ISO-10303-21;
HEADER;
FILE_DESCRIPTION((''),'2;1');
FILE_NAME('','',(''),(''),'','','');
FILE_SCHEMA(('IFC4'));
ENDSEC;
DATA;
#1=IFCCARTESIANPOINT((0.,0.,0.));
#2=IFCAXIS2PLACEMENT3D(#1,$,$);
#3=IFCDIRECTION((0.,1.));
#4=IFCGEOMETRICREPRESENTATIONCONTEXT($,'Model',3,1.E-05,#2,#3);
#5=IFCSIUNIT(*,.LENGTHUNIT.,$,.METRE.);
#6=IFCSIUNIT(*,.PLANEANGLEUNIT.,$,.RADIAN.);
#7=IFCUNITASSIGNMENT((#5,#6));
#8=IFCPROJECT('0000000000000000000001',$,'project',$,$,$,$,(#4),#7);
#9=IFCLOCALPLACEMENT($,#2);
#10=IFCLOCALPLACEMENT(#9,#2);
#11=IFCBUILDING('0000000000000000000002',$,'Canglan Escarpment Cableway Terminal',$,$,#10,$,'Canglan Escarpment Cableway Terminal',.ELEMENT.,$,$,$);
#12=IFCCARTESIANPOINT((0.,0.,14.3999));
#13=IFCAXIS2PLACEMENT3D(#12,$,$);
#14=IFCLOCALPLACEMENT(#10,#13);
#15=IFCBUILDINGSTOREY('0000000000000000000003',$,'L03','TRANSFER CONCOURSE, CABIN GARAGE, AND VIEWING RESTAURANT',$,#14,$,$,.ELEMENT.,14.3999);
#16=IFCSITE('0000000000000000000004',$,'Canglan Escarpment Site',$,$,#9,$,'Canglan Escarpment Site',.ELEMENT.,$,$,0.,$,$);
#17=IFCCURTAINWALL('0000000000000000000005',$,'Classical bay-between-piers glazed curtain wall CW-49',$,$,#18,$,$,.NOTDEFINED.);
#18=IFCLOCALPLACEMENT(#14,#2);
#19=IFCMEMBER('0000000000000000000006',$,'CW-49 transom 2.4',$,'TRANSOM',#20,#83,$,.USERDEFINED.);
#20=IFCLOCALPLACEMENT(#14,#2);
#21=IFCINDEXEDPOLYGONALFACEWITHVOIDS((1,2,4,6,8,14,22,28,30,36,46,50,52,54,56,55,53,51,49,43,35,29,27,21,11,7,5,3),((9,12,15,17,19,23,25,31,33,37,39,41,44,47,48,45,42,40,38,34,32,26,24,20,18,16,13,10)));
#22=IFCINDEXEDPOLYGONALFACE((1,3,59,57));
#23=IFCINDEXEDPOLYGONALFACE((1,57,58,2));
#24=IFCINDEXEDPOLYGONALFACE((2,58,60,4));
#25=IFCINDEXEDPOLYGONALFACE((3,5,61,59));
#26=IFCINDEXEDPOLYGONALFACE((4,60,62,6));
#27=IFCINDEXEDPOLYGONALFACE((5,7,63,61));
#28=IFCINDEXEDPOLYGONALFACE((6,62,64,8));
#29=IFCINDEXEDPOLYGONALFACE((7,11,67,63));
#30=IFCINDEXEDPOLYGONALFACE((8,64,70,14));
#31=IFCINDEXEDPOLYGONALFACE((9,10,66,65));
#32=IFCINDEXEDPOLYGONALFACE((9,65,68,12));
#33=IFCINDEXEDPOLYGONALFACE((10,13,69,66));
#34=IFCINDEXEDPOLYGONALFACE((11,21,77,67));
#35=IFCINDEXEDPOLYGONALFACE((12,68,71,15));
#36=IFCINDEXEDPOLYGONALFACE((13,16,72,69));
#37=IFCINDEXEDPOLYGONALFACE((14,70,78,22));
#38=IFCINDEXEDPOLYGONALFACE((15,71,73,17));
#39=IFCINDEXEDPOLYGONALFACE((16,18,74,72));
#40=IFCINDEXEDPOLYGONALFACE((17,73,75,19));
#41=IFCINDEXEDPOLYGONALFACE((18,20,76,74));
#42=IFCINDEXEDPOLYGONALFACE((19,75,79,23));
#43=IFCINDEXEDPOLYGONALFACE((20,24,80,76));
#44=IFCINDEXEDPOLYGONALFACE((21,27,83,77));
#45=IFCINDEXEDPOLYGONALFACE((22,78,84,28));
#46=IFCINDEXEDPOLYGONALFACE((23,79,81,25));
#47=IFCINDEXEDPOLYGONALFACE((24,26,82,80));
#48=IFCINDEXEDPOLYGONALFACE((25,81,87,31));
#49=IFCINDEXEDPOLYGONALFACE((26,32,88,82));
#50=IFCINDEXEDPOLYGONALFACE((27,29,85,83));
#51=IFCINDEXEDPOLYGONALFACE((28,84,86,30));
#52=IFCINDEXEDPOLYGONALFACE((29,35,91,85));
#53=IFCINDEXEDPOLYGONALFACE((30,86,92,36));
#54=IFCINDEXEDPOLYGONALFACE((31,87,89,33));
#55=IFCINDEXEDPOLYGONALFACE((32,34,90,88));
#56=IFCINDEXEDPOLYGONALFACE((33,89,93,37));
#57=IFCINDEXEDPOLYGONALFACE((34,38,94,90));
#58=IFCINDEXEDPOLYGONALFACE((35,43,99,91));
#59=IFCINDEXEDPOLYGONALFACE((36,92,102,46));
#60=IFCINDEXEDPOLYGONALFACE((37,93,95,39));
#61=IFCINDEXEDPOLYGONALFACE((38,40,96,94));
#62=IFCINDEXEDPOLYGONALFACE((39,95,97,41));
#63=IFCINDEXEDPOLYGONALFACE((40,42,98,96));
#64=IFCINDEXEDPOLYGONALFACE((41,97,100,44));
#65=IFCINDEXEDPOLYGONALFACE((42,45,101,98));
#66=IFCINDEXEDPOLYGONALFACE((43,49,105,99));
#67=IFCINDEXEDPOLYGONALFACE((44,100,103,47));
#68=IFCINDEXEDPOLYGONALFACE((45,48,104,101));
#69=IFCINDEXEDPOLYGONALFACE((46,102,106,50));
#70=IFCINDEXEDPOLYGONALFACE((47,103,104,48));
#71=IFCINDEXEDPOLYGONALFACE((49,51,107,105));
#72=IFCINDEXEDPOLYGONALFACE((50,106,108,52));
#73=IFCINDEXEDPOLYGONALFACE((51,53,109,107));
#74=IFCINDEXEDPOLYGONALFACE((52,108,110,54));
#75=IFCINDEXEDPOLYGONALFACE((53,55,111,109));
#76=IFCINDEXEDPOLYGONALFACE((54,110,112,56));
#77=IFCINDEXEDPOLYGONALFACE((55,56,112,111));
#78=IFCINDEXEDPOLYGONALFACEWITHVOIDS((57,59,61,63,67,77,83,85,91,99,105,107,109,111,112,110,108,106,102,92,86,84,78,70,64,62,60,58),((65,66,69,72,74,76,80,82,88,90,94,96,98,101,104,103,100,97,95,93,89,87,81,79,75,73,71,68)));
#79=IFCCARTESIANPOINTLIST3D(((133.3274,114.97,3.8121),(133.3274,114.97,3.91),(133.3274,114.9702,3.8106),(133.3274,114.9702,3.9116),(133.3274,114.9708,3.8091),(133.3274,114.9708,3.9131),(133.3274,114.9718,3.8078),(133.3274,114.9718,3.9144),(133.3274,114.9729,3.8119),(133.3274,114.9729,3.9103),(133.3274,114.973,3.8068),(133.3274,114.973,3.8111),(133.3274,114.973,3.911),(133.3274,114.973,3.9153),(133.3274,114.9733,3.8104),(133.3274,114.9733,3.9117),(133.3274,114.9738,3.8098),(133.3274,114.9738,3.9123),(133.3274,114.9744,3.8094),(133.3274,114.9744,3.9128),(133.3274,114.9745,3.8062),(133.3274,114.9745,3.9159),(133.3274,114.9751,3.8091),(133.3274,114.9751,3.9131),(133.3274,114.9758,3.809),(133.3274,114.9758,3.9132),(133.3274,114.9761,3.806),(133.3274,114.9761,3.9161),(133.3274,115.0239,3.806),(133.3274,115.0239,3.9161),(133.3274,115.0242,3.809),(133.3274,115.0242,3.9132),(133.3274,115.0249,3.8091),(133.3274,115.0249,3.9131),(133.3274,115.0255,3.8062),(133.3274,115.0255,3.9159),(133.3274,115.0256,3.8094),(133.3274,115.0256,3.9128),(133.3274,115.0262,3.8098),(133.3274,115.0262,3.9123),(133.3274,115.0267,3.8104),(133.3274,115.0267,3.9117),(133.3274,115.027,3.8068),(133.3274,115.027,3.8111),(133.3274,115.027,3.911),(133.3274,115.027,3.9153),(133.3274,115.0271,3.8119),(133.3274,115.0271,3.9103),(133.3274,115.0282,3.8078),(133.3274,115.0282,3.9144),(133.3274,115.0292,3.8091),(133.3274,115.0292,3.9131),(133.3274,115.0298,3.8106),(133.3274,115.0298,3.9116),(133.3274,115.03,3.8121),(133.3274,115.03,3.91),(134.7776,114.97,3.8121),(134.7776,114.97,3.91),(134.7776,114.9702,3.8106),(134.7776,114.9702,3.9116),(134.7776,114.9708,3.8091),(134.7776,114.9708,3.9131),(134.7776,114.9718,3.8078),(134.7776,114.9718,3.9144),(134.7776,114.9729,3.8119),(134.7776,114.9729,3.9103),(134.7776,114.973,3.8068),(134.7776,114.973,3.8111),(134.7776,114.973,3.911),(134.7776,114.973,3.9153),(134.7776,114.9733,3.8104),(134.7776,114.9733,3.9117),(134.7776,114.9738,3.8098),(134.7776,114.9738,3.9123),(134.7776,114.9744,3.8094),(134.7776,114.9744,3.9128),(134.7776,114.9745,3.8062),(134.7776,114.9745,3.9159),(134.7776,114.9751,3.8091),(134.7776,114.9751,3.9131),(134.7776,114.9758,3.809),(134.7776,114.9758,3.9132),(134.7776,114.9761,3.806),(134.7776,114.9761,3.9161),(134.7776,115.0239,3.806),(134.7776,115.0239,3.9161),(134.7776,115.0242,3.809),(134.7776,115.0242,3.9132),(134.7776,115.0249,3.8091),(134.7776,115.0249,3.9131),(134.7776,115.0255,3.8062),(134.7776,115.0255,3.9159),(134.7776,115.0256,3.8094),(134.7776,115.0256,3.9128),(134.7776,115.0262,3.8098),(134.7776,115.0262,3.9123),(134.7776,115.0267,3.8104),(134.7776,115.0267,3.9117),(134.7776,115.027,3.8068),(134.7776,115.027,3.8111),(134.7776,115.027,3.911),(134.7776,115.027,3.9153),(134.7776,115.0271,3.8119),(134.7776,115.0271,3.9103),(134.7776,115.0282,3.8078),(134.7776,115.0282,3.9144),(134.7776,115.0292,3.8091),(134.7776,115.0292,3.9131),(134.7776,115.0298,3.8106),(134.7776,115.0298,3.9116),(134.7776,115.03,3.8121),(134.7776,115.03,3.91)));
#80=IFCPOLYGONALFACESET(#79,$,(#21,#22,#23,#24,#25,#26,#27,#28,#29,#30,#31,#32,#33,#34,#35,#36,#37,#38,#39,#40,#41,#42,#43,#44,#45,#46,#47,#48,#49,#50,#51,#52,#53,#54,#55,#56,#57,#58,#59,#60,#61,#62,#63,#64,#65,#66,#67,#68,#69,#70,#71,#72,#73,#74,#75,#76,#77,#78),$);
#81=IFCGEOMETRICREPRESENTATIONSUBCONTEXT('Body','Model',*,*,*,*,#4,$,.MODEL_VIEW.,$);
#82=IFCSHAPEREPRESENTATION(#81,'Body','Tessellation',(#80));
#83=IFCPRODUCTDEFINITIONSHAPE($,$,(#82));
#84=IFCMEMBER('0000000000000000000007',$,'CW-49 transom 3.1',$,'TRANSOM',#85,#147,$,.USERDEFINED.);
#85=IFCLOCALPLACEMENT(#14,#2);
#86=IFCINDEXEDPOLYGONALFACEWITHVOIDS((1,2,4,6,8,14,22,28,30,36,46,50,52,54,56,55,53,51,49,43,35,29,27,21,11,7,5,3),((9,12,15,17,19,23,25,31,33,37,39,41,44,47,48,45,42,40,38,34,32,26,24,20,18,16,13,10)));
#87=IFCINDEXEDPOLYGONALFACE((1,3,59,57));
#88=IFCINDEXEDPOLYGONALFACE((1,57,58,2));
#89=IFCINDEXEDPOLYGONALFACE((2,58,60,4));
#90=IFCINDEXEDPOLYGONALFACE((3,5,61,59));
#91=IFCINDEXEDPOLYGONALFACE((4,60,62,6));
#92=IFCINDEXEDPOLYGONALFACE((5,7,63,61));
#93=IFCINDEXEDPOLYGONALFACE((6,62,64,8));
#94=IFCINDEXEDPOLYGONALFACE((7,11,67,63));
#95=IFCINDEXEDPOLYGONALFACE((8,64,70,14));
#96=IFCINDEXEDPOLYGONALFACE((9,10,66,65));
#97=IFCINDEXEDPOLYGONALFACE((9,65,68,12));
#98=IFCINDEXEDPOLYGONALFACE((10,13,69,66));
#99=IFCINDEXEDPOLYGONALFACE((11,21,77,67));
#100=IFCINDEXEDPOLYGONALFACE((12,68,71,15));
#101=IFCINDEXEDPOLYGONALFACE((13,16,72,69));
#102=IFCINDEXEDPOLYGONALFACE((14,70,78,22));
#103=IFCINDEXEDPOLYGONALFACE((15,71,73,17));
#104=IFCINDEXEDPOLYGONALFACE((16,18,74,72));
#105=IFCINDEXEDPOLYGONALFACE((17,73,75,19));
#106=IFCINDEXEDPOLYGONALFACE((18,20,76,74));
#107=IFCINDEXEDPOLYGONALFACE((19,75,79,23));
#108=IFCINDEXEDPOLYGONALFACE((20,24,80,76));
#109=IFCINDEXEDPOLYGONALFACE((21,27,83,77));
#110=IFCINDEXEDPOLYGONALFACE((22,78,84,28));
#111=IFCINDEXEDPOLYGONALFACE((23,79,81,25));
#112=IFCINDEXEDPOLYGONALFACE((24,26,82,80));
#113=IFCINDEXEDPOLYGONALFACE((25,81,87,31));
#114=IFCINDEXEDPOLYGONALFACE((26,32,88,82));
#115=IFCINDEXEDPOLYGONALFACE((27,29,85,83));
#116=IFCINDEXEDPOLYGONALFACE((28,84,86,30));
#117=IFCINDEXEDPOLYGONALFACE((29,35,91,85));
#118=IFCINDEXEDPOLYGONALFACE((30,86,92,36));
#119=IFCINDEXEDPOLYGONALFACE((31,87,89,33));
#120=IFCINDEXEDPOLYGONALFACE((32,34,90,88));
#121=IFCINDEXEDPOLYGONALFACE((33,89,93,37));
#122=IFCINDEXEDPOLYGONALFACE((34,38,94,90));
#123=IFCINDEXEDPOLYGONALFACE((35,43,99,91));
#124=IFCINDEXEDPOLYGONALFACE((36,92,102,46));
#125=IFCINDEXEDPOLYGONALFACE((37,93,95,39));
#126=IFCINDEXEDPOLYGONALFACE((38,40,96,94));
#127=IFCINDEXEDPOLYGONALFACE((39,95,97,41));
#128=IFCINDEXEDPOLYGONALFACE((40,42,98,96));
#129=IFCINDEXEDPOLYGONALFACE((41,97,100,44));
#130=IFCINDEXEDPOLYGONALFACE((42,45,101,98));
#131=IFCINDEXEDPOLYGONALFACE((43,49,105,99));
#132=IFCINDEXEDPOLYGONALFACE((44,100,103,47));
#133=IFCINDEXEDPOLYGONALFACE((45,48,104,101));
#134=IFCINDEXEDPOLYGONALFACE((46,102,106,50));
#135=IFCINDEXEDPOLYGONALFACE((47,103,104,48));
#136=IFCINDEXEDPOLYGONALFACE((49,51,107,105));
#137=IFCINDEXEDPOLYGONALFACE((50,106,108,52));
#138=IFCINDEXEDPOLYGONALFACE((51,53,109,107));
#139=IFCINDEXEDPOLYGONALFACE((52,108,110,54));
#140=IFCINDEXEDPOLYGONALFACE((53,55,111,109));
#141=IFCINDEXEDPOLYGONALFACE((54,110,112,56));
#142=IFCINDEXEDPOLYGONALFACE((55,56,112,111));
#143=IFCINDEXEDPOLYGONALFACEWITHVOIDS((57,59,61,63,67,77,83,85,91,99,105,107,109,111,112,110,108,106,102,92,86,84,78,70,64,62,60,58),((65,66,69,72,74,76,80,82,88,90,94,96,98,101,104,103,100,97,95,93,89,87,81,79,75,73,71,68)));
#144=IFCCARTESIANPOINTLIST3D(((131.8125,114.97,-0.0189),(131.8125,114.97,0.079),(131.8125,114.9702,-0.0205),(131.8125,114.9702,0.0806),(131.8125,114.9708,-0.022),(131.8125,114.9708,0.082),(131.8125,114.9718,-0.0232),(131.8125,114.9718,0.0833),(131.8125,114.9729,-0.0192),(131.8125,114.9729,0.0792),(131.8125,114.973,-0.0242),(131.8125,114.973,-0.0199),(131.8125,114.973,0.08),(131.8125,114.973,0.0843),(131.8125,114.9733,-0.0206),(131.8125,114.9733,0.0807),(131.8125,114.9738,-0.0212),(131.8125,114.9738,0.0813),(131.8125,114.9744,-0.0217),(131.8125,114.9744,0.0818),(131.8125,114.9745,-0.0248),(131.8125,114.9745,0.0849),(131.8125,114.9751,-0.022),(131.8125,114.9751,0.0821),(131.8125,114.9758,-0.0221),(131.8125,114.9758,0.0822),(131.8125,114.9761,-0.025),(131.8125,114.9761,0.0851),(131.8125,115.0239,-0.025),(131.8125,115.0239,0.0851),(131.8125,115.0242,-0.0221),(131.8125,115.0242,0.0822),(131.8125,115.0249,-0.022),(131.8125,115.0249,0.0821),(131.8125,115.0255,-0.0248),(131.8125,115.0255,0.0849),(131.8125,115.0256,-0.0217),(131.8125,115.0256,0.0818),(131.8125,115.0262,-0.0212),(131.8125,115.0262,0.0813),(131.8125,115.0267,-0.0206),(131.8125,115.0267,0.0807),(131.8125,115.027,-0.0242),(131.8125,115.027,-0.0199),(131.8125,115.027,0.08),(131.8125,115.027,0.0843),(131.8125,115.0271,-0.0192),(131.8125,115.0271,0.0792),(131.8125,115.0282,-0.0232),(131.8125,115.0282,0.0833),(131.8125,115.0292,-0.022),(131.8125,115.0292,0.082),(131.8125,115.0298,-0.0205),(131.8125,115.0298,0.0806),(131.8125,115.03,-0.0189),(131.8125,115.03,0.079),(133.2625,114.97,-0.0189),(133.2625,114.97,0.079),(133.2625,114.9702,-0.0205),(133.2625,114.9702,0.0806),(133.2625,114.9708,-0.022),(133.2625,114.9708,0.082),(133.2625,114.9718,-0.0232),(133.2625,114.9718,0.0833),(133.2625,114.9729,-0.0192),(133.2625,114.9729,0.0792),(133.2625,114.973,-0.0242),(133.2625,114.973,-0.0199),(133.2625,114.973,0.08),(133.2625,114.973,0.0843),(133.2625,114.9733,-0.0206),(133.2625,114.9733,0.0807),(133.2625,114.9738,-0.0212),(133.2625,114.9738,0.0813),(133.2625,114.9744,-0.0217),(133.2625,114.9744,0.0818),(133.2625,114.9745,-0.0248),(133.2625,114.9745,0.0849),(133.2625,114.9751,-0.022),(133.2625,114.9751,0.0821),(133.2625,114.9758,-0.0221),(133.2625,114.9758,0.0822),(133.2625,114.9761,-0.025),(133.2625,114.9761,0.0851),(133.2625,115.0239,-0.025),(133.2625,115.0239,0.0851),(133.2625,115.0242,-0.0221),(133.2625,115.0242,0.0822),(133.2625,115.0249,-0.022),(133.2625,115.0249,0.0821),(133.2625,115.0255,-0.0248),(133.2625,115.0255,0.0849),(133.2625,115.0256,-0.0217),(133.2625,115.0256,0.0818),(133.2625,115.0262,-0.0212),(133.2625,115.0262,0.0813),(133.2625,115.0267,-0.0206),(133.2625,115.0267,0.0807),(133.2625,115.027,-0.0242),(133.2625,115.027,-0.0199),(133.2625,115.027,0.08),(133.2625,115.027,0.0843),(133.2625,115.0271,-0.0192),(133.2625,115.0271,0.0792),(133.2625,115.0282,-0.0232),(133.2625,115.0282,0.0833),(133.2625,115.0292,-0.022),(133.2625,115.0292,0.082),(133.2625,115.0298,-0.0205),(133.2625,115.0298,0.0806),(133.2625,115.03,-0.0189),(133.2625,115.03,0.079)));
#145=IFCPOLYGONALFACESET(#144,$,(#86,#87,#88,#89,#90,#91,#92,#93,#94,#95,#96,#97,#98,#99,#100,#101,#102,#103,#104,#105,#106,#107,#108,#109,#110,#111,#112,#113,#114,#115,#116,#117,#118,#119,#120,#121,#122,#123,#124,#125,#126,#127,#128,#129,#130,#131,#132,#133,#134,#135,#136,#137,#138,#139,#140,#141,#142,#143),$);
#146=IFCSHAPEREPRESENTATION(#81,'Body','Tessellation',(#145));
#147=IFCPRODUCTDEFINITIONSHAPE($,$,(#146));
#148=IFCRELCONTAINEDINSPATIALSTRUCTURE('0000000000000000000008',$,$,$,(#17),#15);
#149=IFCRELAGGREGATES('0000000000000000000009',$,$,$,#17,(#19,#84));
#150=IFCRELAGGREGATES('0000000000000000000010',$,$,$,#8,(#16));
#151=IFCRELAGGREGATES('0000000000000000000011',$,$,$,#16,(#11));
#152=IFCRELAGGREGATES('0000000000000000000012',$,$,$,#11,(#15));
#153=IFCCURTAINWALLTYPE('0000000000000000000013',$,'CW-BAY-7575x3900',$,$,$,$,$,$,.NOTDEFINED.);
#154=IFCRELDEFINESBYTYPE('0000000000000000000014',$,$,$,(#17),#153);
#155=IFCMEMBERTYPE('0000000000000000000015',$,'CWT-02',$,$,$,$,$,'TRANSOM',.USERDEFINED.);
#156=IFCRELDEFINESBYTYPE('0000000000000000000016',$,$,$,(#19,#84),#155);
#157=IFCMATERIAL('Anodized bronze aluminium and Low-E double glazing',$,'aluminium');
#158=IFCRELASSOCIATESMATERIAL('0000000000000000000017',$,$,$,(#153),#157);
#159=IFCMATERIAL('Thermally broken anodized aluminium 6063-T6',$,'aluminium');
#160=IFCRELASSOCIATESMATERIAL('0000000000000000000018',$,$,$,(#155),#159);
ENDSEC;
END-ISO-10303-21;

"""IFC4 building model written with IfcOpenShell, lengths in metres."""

from ifc_helpers import new_model, si_unit, direction, frame, origin, origin_2d, place, context, subcontext, project, spatial, hollow_rectangle, extrude, material, material_profile, profile_set, type_object, element, aggregate, save


model = new_model("IFC4")

# Units and contexts
model_context = context("Model", 3, precision=1e-05, world=origin(), true_north=direction((0.0, 1.0)))
body_context = subcontext(model_context, "Body", "Model", "MODEL_VIEW")
ifc_project = project(units=[si_unit("LENGTHUNIT", "METRE"), si_unit("PLANEANGLEUNIT", "RADIAN")], contexts=[model_context])

# Site, building, storey
site_placement = place(None, origin())
site = spatial("IfcSite", under=ifc_project, at=site_placement, Name="Canglan Escarpment Site", LongName="Canglan Escarpment Site", CompositionType="ELEMENT", RefElevation=0.0)
building_placement = place(site_placement, origin())
building = spatial("IfcBuilding", under=site, at=building_placement, Name="Canglan Escarpment Cableway Terminal", LongName="Canglan Escarpment Cableway Terminal", CompositionType="ELEMENT")
storey_placement = place(building_placement, frame((0.0, 0.0, 14.3999)))
storey = spatial("IfcBuildingStorey", under=building, at=storey_placement, Name="L03", Description="TRANSFER CONCOURSE, CABIN GARAGE, AND VIEWING RESTAURANT", CompositionType="ELEMENT", Elevation=14.3999)

# Curtain wall, members
ifc_material_1 = material(Name="Anodized bronze aluminium and Low-E double glazing", Category="aluminium")
curtain_wall_type = type_object("IfcCurtainWallType", Name="CW-BAY-7575x3900", PredefinedType="NOTDEFINED", material=ifc_material_1)
curtain_wall_placement = place(storey_placement, origin())
curtain_wall = element("IfcCurtainWall", 1, at=curtain_wall_placement, inside=storey, type_object=curtain_wall_type, Name="Classical bay-between-piers glazed curtain wall CW-49", PredefinedType="NOTDEFINED")
ifc_material_2 = material(Name="Thermally broken anodized aluminium 6063-T6", Category="aluminium")
ifc_material_profile_1 = material_profile(ifc_material_2, hollow_rectangle(XDim=0.0601, YDim=0.1101, WallThickness=0.0029, InnerFilletRadius=0.0029, OuterFilletRadius=0.0061, at=origin_2d()), Name="ALU-TRAN 60x110x3")
ifc_profile_set_1 = profile_set([ifc_material_profile_1], Name="Thermally broken anodized aluminium 6063-T6")
member_type_1 = type_object("IfcMemberType", Name="CWT-02", ElementType="TRANSOM", PredefinedType="USERDEFINED", material=ifc_profile_set_1)
member_1_placement = place(storey_placement, frame((134.7776, 115.0, 3.8611), z_axis=(-1.0, 0.0, 0.0), x_axis=(0.0, -1.0, 0.0)))
member_1 = element("IfcMember", 2, at=member_1_placement, type_object=member_type_1, Name="CW-49 transom 2.4", ObjectType="TRANSOM", PredefinedType="USERDEFINED", context=body_context, shape_type="SweptSolid", body=[
    extrude(hollow_rectangle(XDim=0.0601, YDim=0.1101, WallThickness=0.0029, InnerFilletRadius=0.0029, OuterFilletRadius=0.0061, at=origin_2d()), origin(), (0.0, 0.0, 1.0), 1.4502),
])
member_2_placement = place(storey_placement, frame((133.2625, 115.0, 0.03), z_axis=(-1.0, 0.0, 0.0), x_axis=(0.0, -1.0, 0.0)))
member_2 = element("IfcMember", 3, at=member_2_placement, type_object=member_type_1, Name="CW-49 transom 3.1", ObjectType="TRANSOM", PredefinedType="USERDEFINED", context=body_context, shape_type="SweptSolid", body=[
    extrude(hollow_rectangle(XDim=0.0601, YDim=0.1101, WallThickness=0.0029, InnerFilletRadius=0.0029, OuterFilletRadius=0.0061, at=origin_2d()), origin(), (0.0, 0.0, 1.0), 1.45),
])
aggregate(curtain_wall, [member_1, member_2])

save(model, "model.ifc")
